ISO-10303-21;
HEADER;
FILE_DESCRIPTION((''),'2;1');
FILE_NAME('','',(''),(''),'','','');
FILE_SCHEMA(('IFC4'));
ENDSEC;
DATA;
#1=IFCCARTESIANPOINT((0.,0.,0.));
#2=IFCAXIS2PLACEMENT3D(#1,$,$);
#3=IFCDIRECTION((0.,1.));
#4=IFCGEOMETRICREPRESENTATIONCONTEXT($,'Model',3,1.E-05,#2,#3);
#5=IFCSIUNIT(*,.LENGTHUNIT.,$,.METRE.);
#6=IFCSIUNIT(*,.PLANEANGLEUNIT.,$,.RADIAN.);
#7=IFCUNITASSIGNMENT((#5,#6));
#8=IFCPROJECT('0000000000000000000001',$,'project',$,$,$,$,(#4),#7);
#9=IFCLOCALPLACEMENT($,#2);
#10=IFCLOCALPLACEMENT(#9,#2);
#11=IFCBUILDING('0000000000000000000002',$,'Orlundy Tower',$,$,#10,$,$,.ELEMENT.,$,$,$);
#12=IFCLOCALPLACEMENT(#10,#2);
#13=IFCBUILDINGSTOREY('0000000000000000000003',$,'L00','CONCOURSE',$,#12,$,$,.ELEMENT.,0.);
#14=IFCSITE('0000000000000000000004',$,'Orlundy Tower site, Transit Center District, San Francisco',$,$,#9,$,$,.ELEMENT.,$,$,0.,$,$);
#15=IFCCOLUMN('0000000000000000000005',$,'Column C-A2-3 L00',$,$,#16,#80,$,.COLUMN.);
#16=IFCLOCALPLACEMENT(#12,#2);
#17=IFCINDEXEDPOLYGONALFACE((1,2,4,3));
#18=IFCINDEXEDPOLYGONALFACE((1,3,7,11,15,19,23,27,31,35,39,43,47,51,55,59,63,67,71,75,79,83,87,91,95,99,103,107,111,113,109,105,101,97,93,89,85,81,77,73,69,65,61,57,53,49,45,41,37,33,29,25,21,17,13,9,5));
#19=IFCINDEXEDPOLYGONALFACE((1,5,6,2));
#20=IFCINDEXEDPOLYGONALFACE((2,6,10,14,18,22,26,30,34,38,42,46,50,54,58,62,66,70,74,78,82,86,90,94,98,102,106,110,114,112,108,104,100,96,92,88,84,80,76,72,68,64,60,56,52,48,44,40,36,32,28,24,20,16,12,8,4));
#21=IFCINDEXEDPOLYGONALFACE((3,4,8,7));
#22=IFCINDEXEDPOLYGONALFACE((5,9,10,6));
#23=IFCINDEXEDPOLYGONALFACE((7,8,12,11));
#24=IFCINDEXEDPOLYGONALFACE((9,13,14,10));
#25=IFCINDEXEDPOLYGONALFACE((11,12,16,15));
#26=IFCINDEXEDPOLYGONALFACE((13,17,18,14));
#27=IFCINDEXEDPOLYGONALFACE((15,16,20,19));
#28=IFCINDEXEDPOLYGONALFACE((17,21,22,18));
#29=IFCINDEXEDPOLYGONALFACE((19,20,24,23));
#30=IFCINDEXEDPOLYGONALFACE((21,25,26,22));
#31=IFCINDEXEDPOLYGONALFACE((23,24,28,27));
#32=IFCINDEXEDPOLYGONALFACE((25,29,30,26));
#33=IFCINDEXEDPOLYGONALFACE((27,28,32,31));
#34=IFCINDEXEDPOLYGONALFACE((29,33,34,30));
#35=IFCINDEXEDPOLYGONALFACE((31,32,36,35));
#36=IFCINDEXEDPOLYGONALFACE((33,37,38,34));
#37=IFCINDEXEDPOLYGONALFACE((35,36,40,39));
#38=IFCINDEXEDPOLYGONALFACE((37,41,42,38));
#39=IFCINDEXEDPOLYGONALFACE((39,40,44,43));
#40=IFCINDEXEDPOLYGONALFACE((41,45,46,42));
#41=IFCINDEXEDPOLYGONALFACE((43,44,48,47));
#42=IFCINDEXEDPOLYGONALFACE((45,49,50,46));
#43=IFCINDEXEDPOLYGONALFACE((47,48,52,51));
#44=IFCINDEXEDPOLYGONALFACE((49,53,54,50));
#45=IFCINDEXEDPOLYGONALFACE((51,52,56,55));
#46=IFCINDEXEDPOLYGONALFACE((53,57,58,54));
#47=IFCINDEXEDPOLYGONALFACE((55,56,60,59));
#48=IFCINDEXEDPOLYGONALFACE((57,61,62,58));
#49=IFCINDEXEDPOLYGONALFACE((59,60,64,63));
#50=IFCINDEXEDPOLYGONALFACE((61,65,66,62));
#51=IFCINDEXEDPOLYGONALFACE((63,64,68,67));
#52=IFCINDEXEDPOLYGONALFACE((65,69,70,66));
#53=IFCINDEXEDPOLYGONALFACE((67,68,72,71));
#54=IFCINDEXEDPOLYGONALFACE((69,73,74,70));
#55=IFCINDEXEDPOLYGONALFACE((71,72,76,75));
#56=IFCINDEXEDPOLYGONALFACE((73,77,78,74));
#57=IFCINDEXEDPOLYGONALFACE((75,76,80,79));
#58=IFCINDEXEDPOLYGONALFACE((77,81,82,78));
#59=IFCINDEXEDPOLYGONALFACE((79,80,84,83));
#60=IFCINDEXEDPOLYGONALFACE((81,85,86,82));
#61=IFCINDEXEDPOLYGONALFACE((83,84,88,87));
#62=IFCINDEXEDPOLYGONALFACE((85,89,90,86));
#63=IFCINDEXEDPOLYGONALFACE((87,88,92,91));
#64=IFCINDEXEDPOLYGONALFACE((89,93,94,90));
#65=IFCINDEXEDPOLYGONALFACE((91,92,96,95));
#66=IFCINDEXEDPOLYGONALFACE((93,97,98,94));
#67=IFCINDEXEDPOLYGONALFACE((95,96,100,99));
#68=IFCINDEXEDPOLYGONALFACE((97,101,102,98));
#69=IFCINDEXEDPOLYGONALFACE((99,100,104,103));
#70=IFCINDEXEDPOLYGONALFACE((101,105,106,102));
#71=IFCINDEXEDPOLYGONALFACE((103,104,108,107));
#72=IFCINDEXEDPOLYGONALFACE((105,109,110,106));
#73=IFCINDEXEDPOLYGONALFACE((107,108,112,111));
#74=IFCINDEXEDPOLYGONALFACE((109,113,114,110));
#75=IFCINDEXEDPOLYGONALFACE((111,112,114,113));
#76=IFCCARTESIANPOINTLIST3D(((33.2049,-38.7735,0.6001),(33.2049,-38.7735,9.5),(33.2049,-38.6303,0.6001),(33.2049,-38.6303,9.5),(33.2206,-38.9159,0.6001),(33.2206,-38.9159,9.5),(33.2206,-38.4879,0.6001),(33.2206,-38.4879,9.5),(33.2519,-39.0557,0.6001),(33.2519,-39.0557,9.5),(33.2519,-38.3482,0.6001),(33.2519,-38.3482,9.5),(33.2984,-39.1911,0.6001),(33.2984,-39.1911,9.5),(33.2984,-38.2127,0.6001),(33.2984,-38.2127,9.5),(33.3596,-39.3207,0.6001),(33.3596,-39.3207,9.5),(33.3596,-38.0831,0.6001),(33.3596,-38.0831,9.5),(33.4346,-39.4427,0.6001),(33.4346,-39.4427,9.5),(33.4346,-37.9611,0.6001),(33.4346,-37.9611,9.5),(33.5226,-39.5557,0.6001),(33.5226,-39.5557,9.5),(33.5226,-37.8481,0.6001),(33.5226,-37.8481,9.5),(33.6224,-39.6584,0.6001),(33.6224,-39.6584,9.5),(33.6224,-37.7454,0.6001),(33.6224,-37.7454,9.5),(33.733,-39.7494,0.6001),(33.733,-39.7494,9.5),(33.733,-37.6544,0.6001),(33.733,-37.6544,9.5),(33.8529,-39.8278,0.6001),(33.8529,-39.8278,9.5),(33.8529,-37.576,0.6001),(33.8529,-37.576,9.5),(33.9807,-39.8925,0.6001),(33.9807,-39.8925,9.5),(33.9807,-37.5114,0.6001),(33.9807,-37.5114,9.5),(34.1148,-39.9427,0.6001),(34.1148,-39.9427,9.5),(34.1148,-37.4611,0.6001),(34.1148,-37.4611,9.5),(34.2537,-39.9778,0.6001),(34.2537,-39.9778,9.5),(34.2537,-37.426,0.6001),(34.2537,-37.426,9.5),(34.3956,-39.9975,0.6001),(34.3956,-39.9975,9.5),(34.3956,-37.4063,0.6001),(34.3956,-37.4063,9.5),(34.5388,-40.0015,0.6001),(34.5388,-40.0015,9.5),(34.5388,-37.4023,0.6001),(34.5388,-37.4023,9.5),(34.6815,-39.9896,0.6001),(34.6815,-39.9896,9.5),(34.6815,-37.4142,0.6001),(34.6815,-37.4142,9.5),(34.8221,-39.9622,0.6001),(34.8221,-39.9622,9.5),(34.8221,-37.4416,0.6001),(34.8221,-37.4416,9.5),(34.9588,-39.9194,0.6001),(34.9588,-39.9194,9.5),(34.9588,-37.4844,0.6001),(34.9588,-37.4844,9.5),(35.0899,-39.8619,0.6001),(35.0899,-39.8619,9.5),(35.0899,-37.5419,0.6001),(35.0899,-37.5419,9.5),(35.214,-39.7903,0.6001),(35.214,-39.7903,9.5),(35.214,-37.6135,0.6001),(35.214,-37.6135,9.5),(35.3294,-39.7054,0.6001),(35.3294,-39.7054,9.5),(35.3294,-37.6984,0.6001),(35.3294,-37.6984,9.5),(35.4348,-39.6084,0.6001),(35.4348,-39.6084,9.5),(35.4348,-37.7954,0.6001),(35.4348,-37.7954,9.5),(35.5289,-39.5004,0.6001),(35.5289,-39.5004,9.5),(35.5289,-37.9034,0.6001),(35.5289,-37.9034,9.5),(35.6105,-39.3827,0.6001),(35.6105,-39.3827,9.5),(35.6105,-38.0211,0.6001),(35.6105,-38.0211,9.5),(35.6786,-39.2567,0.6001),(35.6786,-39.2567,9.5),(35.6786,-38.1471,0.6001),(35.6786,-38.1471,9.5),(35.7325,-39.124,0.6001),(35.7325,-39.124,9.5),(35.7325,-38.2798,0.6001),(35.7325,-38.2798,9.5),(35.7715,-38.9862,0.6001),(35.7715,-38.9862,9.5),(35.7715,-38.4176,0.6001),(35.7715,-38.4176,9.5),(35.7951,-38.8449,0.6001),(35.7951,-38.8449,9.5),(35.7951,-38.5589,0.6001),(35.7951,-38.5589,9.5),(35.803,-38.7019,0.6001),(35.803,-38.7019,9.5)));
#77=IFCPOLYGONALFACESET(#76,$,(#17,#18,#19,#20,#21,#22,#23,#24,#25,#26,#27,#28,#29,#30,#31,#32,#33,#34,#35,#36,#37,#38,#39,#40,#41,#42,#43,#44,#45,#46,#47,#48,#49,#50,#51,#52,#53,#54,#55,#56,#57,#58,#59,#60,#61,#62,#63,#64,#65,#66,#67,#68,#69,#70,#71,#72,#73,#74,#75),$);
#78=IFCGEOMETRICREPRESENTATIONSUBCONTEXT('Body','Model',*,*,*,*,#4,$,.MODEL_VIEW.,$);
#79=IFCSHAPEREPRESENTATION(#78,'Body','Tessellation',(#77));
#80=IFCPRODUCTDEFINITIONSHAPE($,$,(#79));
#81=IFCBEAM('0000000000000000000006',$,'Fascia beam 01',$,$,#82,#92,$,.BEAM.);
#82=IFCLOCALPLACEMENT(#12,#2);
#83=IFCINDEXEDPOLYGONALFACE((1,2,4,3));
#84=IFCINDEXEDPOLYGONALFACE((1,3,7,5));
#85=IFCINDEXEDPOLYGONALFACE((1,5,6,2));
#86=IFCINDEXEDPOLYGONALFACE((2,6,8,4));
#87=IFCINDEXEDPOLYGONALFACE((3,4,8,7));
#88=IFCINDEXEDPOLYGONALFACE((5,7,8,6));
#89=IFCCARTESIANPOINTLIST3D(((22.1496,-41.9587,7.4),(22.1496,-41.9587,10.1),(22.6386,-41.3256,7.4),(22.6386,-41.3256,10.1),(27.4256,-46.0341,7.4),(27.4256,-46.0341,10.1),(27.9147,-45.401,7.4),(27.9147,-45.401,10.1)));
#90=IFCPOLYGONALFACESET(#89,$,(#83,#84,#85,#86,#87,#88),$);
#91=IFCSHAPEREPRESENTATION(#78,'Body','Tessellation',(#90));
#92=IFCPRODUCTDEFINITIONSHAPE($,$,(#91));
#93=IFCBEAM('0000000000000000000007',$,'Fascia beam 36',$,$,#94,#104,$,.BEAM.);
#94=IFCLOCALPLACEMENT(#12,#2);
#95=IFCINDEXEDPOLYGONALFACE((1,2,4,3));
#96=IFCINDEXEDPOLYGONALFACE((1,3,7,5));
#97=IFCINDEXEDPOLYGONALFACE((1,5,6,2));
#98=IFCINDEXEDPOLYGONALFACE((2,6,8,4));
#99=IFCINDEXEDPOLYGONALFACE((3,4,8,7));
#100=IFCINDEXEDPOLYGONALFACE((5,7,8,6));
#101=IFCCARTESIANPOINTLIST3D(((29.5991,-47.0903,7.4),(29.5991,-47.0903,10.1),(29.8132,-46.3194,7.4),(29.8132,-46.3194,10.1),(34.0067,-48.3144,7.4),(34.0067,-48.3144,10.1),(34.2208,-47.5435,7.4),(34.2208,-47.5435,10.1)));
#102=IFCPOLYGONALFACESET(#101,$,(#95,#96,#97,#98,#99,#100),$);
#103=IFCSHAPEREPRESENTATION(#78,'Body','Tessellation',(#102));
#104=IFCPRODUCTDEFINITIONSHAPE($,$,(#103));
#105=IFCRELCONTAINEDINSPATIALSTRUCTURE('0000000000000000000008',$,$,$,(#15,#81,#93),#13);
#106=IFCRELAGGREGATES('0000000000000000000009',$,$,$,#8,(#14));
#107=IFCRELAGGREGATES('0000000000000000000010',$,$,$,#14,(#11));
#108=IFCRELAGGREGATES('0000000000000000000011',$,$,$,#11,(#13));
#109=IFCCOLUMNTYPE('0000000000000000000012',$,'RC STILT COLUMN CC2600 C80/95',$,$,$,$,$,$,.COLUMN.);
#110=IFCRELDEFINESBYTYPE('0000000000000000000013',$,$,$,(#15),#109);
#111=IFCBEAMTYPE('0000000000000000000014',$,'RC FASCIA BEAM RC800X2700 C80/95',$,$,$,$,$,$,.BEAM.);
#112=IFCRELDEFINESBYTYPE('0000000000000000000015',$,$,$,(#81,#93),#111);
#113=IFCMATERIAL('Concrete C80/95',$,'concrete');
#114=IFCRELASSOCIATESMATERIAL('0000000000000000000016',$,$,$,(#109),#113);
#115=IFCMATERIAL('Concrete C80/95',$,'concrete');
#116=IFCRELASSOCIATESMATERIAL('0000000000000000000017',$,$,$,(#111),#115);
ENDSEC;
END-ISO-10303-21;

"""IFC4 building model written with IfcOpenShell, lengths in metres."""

from ifc_helpers import new_model, si_unit, direction, frame, origin, origin_2d, place, context, subcontext, project, spatial, rectangle, circle, extrude, material, material_profile, profile_set, type_object, element, save


model = new_model("IFC4")

# Units and contexts
model_context = context("Model", 3, precision=1e-05, world=origin(), true_north=direction((0.0, 1.0)))
body_context = subcontext(model_context, "Body", "Model", "MODEL_VIEW")
ifc_project = project(units=[si_unit("LENGTHUNIT", "METRE"), si_unit("PLANEANGLEUNIT", "RADIAN")], contexts=[model_context])

# Site, building, storey
site_placement = place(None, origin())
site = spatial("IfcSite", under=ifc_project, at=site_placement, Name="Orlundy Tower site, Transit Center District, San Francisco", CompositionType="ELEMENT", RefElevation=0.0)
building_placement = place(site_placement, origin())
building = spatial("IfcBuilding", under=site, at=building_placement, Name="Orlundy Tower", CompositionType="ELEMENT")
storey_placement = place(building_placement, origin())
storey = spatial("IfcBuildingStorey", under=building, at=storey_placement, Name="L00", Description="CONCOURSE", CompositionType="ELEMENT", Elevation=0.0)

# Column
ifc_material_1 = material(Name="Concrete C80/95", Category="concrete")
ifc_material_profile_1 = material_profile(ifc_material_1, circle(Radius=1.3, at=origin_2d()), Name="CC2600")
ifc_profile_set_1 = profile_set([ifc_material_profile_1], Name="Concrete C80/95")
column_type_1 = type_object("IfcColumnType", Name="RC STILT COLUMN CC2600 C80/95", PredefinedType="COLUMN", material=ifc_profile_set_1)
for number, where, z_axis, x_axis, name in (
    (1, (34.5029, -38.7019, 0.6001), (0.0, 0.0, 1.0), (1.0, 0.0, 0.0), "Column C-A2-3 L00"),
):
    element("IfcColumn", number, at=place(storey_placement, frame(where, z_axis=z_axis, x_axis=x_axis)), inside=storey, type_object=column_type_1, Name=name, PredefinedType="COLUMN", context=body_context, shape_type="SweptSolid", body=[
        extrude(circle(Radius=1.3, at=origin_2d()), origin(), (0.0, 0.0, 1.0), 8.8999),
    ])

# Beams
ifc_material_2 = material(Name="Concrete C80/95", Category="concrete")
ifc_material_profile_2 = material_profile(ifc_material_2, rectangle(XDim=0.8, YDim=2.7, at=origin_2d()), Name="RC800X2700")
ifc_profile_set_2 = profile_set([ifc_material_profile_2], Name="Concrete C80/95")
beam_type = type_object("IfcBeamType", Name="RC FASCIA BEAM RC800X2700 C80/95", PredefinedType="BEAM", material=ifc_profile_set_2)
beam_1_placement = place(storey_placement, frame((27.6702, -45.7175, 8.75), z_axis=(-0.791399, 0.611301, 0.0), x_axis=(-0.611301, -0.791399, 0.0)))
element("IfcBeam", 2, at=beam_1_placement, inside=storey, type_object=beam_type, Name="Fascia beam 01", PredefinedType="BEAM", context=body_context, shape_type="SweptSolid", body=[
    extrude(rectangle(XDim=0.8, YDim=2.7, at=origin_2d()), origin(), (0.0, 0.0, 1.0), 6.6667),
])
beam_2_placement = place(storey_placement, frame((34.1138, -47.929, 8.75), z_axis=(-0.963532, 0.267594, 0.0), x_axis=(-0.267594, -0.963532, 0.0)))
element("IfcBeam", 3, at=beam_2_placement, inside=storey, type_object=beam_type, Name="Fascia beam 36", PredefinedType="BEAM", context=body_context, shape_type="SweptSolid", body=[
    extrude(rectangle(XDim=0.8, YDim=2.7, at=origin_2d()), origin(), (0.0, 0.0, 1.0), 4.5745),
])

save(model, "model.ifc")
